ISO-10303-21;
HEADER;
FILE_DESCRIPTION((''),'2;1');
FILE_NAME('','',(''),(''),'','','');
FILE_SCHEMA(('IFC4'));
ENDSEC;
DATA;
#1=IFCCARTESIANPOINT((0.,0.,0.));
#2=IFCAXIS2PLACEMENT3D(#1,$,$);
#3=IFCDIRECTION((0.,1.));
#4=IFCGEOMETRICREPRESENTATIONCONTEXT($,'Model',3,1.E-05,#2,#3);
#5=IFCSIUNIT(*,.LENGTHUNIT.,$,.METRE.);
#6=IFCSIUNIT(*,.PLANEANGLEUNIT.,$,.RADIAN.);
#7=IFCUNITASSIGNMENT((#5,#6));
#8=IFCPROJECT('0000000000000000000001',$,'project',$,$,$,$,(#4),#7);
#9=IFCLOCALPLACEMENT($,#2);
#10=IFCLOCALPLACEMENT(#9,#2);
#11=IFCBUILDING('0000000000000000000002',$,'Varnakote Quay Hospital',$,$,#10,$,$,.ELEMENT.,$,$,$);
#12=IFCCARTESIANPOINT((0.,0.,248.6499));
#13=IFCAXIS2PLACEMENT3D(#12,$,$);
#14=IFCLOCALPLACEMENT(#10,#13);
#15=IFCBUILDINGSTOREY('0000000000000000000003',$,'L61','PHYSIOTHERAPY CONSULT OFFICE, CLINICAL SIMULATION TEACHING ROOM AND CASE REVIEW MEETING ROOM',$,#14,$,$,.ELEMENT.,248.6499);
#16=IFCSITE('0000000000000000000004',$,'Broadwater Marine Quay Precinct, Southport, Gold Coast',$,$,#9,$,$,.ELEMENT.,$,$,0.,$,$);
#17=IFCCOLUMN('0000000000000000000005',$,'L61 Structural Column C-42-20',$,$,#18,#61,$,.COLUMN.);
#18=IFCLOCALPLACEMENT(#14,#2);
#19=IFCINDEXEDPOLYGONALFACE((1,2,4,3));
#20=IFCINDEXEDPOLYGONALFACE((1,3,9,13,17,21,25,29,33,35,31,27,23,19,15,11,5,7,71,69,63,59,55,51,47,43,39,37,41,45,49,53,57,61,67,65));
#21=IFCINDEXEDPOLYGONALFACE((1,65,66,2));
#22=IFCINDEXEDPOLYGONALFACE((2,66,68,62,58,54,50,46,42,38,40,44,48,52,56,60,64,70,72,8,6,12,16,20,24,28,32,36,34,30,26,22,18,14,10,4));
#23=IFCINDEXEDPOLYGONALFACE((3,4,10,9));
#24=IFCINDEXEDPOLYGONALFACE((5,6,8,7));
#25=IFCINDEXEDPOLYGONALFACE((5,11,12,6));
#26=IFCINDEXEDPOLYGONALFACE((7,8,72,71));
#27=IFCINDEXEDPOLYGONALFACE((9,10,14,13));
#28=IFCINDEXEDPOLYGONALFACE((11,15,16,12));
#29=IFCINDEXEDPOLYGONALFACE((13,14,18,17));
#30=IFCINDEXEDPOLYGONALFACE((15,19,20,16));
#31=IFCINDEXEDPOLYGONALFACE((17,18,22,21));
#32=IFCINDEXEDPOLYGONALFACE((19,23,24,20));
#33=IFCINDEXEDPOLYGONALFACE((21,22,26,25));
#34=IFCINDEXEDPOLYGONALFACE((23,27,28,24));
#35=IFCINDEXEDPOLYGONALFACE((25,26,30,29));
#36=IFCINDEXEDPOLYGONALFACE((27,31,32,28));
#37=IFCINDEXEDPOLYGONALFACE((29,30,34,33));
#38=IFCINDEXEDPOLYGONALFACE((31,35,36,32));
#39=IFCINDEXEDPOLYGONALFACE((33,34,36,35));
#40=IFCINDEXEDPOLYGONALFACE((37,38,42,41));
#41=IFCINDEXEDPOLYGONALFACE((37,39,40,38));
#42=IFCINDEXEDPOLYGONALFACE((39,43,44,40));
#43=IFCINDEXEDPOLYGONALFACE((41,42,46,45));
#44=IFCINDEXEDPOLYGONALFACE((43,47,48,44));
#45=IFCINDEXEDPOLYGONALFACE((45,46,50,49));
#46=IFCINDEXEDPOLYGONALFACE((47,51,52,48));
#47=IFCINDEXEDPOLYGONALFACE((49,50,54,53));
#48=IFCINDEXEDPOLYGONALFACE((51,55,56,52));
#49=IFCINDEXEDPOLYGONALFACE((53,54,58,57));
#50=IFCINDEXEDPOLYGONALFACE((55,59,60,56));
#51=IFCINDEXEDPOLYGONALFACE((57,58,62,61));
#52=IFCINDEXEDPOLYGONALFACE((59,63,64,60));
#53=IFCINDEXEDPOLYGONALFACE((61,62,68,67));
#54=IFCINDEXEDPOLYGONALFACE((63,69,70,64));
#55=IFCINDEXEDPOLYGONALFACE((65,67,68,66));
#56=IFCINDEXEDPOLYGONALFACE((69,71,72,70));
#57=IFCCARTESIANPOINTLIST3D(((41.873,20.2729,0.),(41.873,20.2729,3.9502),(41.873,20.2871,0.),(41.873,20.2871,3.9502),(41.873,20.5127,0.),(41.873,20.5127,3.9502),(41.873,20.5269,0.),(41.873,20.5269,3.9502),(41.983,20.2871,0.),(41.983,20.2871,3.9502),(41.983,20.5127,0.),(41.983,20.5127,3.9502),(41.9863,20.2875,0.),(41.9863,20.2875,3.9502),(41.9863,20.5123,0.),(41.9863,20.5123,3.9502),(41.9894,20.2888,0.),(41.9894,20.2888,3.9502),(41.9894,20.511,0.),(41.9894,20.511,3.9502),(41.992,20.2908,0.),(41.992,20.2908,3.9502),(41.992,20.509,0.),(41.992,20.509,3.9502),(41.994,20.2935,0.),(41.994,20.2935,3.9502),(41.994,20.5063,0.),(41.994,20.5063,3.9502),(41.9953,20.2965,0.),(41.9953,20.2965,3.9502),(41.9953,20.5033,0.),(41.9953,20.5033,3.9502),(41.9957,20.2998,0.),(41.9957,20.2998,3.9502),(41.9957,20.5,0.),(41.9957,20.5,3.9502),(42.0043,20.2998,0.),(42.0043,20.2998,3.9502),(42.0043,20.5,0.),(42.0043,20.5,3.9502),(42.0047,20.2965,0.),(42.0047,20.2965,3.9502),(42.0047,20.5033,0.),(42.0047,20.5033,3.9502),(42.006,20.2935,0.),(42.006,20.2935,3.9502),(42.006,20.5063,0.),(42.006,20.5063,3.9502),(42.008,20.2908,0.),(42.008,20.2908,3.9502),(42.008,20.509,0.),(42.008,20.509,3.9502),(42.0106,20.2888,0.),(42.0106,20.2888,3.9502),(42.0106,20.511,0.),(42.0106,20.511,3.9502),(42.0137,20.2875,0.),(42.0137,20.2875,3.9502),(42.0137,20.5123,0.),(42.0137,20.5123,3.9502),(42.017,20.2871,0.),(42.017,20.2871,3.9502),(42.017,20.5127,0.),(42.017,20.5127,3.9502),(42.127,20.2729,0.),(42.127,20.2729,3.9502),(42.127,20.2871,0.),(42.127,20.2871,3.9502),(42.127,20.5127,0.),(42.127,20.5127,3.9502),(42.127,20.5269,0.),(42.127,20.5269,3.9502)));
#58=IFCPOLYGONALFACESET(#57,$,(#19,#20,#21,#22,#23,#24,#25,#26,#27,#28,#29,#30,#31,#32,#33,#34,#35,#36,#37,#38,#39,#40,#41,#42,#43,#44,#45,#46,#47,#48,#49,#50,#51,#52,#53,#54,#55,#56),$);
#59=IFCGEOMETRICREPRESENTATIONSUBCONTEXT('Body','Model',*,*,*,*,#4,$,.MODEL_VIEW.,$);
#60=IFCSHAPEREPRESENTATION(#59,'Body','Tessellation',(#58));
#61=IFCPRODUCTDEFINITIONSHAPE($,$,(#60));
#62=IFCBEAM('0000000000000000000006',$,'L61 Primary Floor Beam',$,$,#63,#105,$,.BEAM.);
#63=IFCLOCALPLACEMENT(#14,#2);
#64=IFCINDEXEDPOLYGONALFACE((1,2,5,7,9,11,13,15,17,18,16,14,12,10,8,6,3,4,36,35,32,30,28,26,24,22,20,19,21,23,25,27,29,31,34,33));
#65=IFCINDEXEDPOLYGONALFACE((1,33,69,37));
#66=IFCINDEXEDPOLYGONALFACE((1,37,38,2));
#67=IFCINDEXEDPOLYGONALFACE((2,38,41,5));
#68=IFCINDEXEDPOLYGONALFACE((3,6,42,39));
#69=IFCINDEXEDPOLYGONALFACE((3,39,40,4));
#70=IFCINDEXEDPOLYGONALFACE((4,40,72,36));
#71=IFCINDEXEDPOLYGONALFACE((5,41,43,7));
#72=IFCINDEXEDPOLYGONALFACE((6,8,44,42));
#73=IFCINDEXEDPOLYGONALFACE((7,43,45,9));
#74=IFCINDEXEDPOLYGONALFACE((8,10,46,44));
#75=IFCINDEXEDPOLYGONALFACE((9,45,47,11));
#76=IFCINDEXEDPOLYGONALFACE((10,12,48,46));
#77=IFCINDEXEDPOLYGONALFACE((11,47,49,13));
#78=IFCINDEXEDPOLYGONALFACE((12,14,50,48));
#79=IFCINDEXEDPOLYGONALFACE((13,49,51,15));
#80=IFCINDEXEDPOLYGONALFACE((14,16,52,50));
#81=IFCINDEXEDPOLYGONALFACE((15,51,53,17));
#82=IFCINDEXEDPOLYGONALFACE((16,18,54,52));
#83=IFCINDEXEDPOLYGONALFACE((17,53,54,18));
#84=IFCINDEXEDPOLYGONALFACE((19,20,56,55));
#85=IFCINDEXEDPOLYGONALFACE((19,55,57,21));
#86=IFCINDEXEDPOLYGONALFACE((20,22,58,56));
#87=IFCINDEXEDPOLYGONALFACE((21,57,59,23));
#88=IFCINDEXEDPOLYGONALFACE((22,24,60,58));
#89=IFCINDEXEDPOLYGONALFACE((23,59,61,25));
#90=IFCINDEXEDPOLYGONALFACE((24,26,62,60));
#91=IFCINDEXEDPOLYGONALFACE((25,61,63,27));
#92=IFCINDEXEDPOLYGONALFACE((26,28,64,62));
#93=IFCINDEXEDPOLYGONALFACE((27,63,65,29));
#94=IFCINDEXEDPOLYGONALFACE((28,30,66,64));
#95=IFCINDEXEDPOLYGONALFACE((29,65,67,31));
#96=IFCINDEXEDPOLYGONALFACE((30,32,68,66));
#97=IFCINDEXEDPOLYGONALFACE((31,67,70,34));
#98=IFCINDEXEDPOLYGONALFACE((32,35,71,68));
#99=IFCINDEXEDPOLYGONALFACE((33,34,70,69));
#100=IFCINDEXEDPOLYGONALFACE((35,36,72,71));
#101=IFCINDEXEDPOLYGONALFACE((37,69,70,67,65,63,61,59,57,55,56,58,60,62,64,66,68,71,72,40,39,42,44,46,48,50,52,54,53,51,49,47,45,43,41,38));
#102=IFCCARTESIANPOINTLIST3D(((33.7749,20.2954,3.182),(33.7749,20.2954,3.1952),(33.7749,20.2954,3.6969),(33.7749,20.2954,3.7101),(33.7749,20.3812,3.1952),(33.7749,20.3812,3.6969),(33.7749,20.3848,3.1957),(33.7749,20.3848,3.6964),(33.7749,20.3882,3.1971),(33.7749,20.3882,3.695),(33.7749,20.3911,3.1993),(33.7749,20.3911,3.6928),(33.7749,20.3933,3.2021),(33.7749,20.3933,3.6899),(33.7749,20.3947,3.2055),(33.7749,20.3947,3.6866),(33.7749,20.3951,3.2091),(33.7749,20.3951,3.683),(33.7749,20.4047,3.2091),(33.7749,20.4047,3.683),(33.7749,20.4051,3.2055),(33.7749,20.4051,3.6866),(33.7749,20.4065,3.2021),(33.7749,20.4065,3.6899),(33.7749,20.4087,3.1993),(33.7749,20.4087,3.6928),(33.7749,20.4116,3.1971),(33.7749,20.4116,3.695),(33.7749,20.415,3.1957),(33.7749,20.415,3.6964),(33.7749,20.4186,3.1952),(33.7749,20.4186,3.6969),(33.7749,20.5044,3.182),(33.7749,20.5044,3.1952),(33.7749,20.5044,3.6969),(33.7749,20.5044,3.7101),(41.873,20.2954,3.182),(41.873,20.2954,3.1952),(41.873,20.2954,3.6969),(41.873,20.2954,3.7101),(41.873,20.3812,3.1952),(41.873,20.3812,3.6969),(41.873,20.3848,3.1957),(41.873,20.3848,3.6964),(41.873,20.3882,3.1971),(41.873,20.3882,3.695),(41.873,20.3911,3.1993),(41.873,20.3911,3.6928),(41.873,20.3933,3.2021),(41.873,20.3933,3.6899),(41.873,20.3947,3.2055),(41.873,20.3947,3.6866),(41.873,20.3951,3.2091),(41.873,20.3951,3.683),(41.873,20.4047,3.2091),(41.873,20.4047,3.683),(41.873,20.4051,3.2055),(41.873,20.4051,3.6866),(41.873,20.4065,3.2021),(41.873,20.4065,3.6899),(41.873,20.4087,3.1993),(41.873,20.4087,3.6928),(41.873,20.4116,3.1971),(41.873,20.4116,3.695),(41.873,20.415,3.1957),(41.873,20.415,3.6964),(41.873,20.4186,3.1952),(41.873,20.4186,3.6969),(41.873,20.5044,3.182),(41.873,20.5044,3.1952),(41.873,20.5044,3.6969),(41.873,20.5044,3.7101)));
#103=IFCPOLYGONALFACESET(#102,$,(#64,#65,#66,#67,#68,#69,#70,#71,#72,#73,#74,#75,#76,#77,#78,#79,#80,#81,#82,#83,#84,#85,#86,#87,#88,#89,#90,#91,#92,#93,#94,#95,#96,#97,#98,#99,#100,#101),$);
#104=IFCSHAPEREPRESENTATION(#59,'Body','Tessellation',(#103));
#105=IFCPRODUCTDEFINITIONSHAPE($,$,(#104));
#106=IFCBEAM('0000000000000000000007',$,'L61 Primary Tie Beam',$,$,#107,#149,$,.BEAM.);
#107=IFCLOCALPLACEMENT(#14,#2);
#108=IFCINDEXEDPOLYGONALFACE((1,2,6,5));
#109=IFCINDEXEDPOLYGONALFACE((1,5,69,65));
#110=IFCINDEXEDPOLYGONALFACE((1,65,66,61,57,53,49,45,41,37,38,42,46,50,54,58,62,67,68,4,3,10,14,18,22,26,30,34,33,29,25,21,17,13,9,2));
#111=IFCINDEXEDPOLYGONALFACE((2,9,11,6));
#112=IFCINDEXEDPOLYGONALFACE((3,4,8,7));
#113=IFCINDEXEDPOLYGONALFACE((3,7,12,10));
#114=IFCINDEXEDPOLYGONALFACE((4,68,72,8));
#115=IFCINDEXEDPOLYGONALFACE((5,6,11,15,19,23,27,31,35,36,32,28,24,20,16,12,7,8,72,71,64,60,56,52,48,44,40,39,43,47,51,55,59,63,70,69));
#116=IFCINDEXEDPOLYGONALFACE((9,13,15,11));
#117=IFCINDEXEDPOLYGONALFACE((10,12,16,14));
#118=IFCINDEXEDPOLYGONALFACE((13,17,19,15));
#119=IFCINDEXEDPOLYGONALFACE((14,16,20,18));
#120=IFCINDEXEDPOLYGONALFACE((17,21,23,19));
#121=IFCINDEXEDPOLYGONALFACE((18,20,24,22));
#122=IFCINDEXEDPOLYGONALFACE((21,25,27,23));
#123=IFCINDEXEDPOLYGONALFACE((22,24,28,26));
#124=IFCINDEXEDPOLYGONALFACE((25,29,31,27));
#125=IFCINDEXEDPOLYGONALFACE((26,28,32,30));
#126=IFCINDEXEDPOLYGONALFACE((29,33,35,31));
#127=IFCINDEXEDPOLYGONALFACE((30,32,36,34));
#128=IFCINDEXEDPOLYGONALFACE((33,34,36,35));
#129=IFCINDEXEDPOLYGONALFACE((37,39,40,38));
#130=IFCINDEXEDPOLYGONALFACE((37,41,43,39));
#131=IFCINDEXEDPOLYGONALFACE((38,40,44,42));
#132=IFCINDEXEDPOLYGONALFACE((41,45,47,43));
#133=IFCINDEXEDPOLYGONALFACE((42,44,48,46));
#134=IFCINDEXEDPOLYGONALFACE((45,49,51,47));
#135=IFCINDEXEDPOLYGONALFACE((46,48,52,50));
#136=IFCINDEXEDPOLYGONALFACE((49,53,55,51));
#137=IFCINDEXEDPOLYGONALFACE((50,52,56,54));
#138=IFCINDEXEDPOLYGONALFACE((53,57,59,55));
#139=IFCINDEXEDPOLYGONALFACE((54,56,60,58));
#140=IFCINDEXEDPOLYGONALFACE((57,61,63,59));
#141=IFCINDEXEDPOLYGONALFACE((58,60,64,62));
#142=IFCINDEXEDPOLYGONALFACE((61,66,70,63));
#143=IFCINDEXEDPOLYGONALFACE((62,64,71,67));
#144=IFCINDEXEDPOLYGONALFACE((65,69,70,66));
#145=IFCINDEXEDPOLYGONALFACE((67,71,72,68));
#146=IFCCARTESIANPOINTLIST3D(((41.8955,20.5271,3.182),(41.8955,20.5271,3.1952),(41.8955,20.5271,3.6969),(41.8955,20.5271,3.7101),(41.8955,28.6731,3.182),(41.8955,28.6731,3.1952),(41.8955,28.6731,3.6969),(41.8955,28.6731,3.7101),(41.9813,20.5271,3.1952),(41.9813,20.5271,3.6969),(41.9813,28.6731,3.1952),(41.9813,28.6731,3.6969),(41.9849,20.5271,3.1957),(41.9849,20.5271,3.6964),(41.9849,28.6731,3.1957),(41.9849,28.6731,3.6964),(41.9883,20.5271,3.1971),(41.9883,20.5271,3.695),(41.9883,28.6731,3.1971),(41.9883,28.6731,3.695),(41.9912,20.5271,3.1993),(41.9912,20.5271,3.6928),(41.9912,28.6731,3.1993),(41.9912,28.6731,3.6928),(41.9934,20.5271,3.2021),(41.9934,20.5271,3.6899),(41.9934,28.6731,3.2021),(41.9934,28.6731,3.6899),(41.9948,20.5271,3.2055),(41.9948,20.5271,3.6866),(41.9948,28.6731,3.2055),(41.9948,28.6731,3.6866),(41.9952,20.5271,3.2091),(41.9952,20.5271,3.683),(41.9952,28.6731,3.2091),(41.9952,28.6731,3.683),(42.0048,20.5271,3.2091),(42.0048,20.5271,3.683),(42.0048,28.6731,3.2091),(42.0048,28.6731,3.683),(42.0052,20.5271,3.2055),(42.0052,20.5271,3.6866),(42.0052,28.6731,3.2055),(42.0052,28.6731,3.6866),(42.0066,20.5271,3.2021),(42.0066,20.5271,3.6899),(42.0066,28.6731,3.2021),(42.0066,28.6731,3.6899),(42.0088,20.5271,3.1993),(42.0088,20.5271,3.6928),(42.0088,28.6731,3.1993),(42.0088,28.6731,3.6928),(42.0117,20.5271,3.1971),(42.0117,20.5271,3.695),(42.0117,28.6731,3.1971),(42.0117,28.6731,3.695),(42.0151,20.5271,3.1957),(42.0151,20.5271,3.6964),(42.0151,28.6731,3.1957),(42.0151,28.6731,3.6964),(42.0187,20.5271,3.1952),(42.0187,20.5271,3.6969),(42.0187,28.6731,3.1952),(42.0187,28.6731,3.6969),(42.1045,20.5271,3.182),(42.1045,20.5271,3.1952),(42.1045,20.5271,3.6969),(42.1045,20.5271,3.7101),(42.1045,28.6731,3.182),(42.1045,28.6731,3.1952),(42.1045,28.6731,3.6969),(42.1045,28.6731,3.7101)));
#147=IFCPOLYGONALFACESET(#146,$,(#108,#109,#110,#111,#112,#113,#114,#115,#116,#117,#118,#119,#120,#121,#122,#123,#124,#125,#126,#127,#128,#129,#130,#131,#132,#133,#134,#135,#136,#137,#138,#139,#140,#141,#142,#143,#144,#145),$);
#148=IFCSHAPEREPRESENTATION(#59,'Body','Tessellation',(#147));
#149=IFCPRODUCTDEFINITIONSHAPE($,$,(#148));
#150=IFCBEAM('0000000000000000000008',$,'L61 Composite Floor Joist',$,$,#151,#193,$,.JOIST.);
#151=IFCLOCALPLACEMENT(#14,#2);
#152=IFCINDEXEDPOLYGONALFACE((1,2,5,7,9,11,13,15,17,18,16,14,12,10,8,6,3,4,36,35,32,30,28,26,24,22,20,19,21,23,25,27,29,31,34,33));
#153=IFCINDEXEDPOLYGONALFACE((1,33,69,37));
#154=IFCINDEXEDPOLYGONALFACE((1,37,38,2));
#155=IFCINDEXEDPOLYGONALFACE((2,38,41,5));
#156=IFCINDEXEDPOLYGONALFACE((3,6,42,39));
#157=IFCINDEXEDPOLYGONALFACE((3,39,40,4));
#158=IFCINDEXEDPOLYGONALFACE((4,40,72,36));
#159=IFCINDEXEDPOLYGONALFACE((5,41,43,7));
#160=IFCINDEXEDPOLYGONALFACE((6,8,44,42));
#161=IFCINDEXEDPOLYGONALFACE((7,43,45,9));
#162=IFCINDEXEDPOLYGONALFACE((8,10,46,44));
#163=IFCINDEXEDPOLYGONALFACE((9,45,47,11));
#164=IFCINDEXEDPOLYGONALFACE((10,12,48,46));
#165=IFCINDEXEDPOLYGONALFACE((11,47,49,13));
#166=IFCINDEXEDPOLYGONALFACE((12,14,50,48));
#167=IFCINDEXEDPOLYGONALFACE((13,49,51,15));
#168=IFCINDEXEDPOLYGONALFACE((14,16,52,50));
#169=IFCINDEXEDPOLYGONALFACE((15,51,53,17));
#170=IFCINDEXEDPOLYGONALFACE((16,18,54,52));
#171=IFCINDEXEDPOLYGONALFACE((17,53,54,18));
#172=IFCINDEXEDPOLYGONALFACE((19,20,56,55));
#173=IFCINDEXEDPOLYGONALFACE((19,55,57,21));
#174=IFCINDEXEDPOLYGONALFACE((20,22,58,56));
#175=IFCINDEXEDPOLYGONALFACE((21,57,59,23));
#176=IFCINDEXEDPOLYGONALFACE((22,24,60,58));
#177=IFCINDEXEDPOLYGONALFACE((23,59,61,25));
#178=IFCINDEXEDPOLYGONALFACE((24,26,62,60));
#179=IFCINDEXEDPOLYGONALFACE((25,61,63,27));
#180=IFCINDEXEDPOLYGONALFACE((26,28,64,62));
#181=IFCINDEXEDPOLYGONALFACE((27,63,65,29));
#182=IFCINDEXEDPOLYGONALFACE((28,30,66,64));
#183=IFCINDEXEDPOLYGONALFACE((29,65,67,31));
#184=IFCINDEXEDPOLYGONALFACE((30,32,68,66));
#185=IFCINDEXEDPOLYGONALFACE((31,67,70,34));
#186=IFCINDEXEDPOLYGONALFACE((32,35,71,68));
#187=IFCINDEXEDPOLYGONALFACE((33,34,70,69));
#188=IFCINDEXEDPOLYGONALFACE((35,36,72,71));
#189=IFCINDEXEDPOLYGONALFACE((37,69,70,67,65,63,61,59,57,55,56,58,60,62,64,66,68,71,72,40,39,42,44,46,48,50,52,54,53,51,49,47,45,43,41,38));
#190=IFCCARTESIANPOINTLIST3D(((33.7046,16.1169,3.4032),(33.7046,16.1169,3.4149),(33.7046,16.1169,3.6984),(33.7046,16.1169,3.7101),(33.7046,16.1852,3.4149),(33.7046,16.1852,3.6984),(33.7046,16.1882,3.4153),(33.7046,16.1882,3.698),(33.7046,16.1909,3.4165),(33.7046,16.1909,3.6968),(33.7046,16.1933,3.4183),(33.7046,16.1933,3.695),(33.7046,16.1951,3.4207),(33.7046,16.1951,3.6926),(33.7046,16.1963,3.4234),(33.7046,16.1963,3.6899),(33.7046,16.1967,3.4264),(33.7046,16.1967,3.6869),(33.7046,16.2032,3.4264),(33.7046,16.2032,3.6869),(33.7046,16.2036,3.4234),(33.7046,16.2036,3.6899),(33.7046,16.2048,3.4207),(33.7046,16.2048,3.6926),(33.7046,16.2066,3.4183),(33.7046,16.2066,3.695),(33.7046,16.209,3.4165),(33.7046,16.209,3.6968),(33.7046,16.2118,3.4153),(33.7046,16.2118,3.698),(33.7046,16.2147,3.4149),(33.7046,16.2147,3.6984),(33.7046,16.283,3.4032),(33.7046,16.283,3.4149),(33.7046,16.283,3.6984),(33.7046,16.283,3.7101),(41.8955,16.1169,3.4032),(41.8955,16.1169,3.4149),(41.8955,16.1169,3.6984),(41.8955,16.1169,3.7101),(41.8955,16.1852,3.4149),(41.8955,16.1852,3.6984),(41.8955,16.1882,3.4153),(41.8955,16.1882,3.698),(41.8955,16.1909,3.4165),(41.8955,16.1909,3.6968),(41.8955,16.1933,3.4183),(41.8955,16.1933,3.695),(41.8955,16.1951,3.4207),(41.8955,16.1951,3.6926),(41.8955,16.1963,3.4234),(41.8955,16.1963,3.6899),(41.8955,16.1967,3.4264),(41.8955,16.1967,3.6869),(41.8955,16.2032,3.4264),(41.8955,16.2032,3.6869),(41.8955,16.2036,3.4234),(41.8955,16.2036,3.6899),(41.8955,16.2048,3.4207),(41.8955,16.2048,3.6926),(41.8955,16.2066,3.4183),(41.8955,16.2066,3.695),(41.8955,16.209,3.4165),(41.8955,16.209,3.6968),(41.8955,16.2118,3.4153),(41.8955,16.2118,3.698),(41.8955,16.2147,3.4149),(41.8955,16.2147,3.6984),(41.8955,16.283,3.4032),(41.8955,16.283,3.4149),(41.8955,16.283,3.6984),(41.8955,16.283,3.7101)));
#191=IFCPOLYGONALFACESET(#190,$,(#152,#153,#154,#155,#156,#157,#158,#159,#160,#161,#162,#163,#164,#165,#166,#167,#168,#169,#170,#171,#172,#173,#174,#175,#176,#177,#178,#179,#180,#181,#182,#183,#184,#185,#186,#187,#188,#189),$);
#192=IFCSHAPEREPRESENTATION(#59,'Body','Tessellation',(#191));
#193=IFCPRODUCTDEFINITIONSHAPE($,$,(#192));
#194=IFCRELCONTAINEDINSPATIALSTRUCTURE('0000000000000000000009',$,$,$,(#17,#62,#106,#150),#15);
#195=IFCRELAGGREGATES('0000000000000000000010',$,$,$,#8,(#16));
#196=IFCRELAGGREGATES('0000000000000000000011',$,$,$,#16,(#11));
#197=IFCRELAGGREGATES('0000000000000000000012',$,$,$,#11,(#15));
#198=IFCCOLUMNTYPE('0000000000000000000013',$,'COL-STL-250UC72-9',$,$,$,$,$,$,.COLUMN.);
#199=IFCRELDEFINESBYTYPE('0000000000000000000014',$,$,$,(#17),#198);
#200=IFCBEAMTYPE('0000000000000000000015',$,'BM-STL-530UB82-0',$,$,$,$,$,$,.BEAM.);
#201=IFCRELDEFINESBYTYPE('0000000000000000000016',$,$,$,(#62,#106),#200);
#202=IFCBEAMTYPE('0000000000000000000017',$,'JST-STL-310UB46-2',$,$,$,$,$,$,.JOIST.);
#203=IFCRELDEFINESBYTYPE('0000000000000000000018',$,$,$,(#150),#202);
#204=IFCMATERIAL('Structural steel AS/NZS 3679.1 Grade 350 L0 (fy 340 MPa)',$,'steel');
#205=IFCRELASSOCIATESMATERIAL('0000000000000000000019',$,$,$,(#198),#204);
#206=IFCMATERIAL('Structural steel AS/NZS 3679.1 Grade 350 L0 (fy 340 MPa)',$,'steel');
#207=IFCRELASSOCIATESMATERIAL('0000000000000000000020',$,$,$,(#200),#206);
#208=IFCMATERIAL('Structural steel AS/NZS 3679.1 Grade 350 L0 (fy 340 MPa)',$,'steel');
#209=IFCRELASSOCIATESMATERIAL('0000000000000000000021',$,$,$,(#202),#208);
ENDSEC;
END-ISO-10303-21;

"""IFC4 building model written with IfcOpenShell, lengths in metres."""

from ifc_helpers import new_model, si_unit, direction, frame, origin, origin_2d, place, context, subcontext, project, spatial, i_section, extrude, material, material_profile, profile_set, type_object, element, save


model = new_model("IFC4")

# Units and contexts
model_context = context("Model", 3, precision=1e-05, world=origin(), true_north=direction((0.0, 1.0)))
body_context = subcontext(model_context, "Body", "Model", "MODEL_VIEW")
ifc_project = project(units=[si_unit("LENGTHUNIT", "METRE"), si_unit("PLANEANGLEUNIT", "RADIAN")], contexts=[model_context])

# Site, building, storey
site_placement = place(None, origin())
site = spatial("IfcSite", under=ifc_project, at=site_placement, Name="Broadwater Marine Quay Precinct, Southport, Gold Coast", CompositionType="ELEMENT", RefElevation=0.0)
building_placement = place(site_placement, origin())
building = spatial("IfcBuilding", under=site, at=building_placement, Name="Varnakote Quay Hospital", CompositionType="ELEMENT")
storey_placement = place(building_placement, frame((0.0, 0.0, 248.6499)))
storey = spatial("IfcBuildingStorey", under=building, at=storey_placement, Name="L61", Description="PHYSIOTHERAPY CONSULT OFFICE, CLINICAL SIMULATION TEACHING ROOM AND CASE REVIEW MEETING ROOM", CompositionType="ELEMENT", Elevation=248.6499)

# Column
ifc_material_1 = material(Name="Structural steel AS/NZS 3679.1 Grade 350 L0 (fy 340 MPa)", Category="steel")
ifc_material_profile_1 = material_profile(ifc_material_1, i_section(OverallWidth=0.2539, OverallDepth=0.2539, WebThickness=0.0085, FlangeThickness=0.0142, FilletRadius=0.0127, at=origin_2d()), Name="250UC72.9")
ifc_profile_set_1 = profile_set([ifc_material_profile_1], Name="Structural steel AS/NZS 3679.1 Grade 350 L0 (fy 340 MPa)")
column_type = type_object("IfcColumnType", Name="COL-STL-250UC72-9", PredefinedType="COLUMN", material=ifc_profile_set_1)
column_placement = place(storey_placement, frame((42.0, 20.3999, 0.0), z_axis=(0.0, 0.0, 1.0), x_axis=(1.0, 0.0, 0.0)))
element("IfcColumn", 1, at=column_placement, inside=storey, type_object=column_type, Name="L61 Structural Column C-42-20", PredefinedType="COLUMN", context=body_context, shape_type="SweptSolid", body=[
    extrude(i_section(OverallWidth=0.2539, OverallDepth=0.2539, WebThickness=0.0085, FlangeThickness=0.0142, FilletRadius=0.0127, at=origin_2d()), origin(), (0.0, 0.0, 1.0), 3.9502),
])

# Beams
ifc_material_2 = material(Name="Structural steel AS/NZS 3679.1 Grade 350 L0 (fy 340 MPa)", Category="steel")
ifc_material_profile_2 = material_profile(ifc_material_2, i_section(OverallWidth=0.209, OverallDepth=0.5281, WebThickness=0.0095, FlangeThickness=0.0132, FilletRadius=0.0139, at=origin_2d()), Name="530UB82.0")
ifc_profile_set_2 = profile_set([ifc_material_profile_2], Name="Structural steel AS/NZS 3679.1 Grade 350 L0 (fy 340 MPa)")
beam_type_1 = type_object("IfcBeamType", Name="BM-STL-530UB82-0", PredefinedType="BEAM", material=ifc_profile_set_2)
beam_1_placement = place(storey_placement, frame((33.7749, 20.3999, 3.446), z_axis=(1.0, 0.0, 0.0), x_axis=(0.0, 1.0, 0.0)))
element("IfcBeam", 2, at=beam_1_placement, inside=storey, type_object=beam_type_1, Name="L61 Primary Floor Beam", PredefinedType="BEAM", context=body_context, shape_type="SweptSolid", body=[
    extrude(i_section(OverallWidth=0.209, OverallDepth=0.5281, WebThickness=0.0095, FlangeThickness=0.0132, FilletRadius=0.0139, at=origin_2d()), origin(), (0.0, 0.0, 1.0), 8.0981),
])
beam_2_placement = place(storey_placement, frame((42.0, 20.5271, 3.446), z_axis=(0.0, 1.0, 0.0), x_axis=(-1.0, 0.0, 0.0)))
element("IfcBeam", 3, at=beam_2_placement, inside=storey, type_object=beam_type_1, Name="L61 Primary Tie Beam", PredefinedType="BEAM", context=body_context, shape_type="SweptSolid", body=[
    extrude(i_section(OverallWidth=0.209, OverallDepth=0.5281, WebThickness=0.0095, FlangeThickness=0.0132, FilletRadius=0.0139, at=origin_2d()), origin(), (0.0, 0.0, 1.0), 8.146),
])
ifc_material_3 = material(Name="Structural steel AS/NZS 3679.1 Grade 350 L0 (fy 340 MPa)", Category="steel")
ifc_material_profile_3 = material_profile(ifc_material_3, i_section(OverallWidth=0.166, OverallDepth=0.3069, WebThickness=0.0066, FlangeThickness=0.0117, FilletRadius=0.0115, at=origin_2d()), Name="310UB46.2")
ifc_profile_set_3 = profile_set([ifc_material_profile_3], Name="Structural steel AS/NZS 3679.1 Grade 350 L0 (fy 340 MPa)")
beam_type_2 = type_object("IfcBeamType", Name="JST-STL-310UB46-2", PredefinedType="JOIST", material=ifc_profile_set_3)
beam_3_placement = place(storey_placement, frame((33.7046, 16.2, 3.5566), z_axis=(1.0, 0.0, 0.0), x_axis=(0.0, 1.0, 0.0)))
element("IfcBeam", 4, at=beam_3_placement, inside=storey, type_object=beam_type_2, Name="L61 Composite Floor Joist", PredefinedType="JOIST", context=body_context, shape_type="SweptSolid", body=[
    extrude(i_section(OverallWidth=0.166, OverallDepth=0.3069, WebThickness=0.0066, FlangeThickness=0.0117, FilletRadius=0.0115, at=origin_2d()), origin(), (0.0, 0.0, 1.0), 8.1909),
])

save(model, "model.ifc")
